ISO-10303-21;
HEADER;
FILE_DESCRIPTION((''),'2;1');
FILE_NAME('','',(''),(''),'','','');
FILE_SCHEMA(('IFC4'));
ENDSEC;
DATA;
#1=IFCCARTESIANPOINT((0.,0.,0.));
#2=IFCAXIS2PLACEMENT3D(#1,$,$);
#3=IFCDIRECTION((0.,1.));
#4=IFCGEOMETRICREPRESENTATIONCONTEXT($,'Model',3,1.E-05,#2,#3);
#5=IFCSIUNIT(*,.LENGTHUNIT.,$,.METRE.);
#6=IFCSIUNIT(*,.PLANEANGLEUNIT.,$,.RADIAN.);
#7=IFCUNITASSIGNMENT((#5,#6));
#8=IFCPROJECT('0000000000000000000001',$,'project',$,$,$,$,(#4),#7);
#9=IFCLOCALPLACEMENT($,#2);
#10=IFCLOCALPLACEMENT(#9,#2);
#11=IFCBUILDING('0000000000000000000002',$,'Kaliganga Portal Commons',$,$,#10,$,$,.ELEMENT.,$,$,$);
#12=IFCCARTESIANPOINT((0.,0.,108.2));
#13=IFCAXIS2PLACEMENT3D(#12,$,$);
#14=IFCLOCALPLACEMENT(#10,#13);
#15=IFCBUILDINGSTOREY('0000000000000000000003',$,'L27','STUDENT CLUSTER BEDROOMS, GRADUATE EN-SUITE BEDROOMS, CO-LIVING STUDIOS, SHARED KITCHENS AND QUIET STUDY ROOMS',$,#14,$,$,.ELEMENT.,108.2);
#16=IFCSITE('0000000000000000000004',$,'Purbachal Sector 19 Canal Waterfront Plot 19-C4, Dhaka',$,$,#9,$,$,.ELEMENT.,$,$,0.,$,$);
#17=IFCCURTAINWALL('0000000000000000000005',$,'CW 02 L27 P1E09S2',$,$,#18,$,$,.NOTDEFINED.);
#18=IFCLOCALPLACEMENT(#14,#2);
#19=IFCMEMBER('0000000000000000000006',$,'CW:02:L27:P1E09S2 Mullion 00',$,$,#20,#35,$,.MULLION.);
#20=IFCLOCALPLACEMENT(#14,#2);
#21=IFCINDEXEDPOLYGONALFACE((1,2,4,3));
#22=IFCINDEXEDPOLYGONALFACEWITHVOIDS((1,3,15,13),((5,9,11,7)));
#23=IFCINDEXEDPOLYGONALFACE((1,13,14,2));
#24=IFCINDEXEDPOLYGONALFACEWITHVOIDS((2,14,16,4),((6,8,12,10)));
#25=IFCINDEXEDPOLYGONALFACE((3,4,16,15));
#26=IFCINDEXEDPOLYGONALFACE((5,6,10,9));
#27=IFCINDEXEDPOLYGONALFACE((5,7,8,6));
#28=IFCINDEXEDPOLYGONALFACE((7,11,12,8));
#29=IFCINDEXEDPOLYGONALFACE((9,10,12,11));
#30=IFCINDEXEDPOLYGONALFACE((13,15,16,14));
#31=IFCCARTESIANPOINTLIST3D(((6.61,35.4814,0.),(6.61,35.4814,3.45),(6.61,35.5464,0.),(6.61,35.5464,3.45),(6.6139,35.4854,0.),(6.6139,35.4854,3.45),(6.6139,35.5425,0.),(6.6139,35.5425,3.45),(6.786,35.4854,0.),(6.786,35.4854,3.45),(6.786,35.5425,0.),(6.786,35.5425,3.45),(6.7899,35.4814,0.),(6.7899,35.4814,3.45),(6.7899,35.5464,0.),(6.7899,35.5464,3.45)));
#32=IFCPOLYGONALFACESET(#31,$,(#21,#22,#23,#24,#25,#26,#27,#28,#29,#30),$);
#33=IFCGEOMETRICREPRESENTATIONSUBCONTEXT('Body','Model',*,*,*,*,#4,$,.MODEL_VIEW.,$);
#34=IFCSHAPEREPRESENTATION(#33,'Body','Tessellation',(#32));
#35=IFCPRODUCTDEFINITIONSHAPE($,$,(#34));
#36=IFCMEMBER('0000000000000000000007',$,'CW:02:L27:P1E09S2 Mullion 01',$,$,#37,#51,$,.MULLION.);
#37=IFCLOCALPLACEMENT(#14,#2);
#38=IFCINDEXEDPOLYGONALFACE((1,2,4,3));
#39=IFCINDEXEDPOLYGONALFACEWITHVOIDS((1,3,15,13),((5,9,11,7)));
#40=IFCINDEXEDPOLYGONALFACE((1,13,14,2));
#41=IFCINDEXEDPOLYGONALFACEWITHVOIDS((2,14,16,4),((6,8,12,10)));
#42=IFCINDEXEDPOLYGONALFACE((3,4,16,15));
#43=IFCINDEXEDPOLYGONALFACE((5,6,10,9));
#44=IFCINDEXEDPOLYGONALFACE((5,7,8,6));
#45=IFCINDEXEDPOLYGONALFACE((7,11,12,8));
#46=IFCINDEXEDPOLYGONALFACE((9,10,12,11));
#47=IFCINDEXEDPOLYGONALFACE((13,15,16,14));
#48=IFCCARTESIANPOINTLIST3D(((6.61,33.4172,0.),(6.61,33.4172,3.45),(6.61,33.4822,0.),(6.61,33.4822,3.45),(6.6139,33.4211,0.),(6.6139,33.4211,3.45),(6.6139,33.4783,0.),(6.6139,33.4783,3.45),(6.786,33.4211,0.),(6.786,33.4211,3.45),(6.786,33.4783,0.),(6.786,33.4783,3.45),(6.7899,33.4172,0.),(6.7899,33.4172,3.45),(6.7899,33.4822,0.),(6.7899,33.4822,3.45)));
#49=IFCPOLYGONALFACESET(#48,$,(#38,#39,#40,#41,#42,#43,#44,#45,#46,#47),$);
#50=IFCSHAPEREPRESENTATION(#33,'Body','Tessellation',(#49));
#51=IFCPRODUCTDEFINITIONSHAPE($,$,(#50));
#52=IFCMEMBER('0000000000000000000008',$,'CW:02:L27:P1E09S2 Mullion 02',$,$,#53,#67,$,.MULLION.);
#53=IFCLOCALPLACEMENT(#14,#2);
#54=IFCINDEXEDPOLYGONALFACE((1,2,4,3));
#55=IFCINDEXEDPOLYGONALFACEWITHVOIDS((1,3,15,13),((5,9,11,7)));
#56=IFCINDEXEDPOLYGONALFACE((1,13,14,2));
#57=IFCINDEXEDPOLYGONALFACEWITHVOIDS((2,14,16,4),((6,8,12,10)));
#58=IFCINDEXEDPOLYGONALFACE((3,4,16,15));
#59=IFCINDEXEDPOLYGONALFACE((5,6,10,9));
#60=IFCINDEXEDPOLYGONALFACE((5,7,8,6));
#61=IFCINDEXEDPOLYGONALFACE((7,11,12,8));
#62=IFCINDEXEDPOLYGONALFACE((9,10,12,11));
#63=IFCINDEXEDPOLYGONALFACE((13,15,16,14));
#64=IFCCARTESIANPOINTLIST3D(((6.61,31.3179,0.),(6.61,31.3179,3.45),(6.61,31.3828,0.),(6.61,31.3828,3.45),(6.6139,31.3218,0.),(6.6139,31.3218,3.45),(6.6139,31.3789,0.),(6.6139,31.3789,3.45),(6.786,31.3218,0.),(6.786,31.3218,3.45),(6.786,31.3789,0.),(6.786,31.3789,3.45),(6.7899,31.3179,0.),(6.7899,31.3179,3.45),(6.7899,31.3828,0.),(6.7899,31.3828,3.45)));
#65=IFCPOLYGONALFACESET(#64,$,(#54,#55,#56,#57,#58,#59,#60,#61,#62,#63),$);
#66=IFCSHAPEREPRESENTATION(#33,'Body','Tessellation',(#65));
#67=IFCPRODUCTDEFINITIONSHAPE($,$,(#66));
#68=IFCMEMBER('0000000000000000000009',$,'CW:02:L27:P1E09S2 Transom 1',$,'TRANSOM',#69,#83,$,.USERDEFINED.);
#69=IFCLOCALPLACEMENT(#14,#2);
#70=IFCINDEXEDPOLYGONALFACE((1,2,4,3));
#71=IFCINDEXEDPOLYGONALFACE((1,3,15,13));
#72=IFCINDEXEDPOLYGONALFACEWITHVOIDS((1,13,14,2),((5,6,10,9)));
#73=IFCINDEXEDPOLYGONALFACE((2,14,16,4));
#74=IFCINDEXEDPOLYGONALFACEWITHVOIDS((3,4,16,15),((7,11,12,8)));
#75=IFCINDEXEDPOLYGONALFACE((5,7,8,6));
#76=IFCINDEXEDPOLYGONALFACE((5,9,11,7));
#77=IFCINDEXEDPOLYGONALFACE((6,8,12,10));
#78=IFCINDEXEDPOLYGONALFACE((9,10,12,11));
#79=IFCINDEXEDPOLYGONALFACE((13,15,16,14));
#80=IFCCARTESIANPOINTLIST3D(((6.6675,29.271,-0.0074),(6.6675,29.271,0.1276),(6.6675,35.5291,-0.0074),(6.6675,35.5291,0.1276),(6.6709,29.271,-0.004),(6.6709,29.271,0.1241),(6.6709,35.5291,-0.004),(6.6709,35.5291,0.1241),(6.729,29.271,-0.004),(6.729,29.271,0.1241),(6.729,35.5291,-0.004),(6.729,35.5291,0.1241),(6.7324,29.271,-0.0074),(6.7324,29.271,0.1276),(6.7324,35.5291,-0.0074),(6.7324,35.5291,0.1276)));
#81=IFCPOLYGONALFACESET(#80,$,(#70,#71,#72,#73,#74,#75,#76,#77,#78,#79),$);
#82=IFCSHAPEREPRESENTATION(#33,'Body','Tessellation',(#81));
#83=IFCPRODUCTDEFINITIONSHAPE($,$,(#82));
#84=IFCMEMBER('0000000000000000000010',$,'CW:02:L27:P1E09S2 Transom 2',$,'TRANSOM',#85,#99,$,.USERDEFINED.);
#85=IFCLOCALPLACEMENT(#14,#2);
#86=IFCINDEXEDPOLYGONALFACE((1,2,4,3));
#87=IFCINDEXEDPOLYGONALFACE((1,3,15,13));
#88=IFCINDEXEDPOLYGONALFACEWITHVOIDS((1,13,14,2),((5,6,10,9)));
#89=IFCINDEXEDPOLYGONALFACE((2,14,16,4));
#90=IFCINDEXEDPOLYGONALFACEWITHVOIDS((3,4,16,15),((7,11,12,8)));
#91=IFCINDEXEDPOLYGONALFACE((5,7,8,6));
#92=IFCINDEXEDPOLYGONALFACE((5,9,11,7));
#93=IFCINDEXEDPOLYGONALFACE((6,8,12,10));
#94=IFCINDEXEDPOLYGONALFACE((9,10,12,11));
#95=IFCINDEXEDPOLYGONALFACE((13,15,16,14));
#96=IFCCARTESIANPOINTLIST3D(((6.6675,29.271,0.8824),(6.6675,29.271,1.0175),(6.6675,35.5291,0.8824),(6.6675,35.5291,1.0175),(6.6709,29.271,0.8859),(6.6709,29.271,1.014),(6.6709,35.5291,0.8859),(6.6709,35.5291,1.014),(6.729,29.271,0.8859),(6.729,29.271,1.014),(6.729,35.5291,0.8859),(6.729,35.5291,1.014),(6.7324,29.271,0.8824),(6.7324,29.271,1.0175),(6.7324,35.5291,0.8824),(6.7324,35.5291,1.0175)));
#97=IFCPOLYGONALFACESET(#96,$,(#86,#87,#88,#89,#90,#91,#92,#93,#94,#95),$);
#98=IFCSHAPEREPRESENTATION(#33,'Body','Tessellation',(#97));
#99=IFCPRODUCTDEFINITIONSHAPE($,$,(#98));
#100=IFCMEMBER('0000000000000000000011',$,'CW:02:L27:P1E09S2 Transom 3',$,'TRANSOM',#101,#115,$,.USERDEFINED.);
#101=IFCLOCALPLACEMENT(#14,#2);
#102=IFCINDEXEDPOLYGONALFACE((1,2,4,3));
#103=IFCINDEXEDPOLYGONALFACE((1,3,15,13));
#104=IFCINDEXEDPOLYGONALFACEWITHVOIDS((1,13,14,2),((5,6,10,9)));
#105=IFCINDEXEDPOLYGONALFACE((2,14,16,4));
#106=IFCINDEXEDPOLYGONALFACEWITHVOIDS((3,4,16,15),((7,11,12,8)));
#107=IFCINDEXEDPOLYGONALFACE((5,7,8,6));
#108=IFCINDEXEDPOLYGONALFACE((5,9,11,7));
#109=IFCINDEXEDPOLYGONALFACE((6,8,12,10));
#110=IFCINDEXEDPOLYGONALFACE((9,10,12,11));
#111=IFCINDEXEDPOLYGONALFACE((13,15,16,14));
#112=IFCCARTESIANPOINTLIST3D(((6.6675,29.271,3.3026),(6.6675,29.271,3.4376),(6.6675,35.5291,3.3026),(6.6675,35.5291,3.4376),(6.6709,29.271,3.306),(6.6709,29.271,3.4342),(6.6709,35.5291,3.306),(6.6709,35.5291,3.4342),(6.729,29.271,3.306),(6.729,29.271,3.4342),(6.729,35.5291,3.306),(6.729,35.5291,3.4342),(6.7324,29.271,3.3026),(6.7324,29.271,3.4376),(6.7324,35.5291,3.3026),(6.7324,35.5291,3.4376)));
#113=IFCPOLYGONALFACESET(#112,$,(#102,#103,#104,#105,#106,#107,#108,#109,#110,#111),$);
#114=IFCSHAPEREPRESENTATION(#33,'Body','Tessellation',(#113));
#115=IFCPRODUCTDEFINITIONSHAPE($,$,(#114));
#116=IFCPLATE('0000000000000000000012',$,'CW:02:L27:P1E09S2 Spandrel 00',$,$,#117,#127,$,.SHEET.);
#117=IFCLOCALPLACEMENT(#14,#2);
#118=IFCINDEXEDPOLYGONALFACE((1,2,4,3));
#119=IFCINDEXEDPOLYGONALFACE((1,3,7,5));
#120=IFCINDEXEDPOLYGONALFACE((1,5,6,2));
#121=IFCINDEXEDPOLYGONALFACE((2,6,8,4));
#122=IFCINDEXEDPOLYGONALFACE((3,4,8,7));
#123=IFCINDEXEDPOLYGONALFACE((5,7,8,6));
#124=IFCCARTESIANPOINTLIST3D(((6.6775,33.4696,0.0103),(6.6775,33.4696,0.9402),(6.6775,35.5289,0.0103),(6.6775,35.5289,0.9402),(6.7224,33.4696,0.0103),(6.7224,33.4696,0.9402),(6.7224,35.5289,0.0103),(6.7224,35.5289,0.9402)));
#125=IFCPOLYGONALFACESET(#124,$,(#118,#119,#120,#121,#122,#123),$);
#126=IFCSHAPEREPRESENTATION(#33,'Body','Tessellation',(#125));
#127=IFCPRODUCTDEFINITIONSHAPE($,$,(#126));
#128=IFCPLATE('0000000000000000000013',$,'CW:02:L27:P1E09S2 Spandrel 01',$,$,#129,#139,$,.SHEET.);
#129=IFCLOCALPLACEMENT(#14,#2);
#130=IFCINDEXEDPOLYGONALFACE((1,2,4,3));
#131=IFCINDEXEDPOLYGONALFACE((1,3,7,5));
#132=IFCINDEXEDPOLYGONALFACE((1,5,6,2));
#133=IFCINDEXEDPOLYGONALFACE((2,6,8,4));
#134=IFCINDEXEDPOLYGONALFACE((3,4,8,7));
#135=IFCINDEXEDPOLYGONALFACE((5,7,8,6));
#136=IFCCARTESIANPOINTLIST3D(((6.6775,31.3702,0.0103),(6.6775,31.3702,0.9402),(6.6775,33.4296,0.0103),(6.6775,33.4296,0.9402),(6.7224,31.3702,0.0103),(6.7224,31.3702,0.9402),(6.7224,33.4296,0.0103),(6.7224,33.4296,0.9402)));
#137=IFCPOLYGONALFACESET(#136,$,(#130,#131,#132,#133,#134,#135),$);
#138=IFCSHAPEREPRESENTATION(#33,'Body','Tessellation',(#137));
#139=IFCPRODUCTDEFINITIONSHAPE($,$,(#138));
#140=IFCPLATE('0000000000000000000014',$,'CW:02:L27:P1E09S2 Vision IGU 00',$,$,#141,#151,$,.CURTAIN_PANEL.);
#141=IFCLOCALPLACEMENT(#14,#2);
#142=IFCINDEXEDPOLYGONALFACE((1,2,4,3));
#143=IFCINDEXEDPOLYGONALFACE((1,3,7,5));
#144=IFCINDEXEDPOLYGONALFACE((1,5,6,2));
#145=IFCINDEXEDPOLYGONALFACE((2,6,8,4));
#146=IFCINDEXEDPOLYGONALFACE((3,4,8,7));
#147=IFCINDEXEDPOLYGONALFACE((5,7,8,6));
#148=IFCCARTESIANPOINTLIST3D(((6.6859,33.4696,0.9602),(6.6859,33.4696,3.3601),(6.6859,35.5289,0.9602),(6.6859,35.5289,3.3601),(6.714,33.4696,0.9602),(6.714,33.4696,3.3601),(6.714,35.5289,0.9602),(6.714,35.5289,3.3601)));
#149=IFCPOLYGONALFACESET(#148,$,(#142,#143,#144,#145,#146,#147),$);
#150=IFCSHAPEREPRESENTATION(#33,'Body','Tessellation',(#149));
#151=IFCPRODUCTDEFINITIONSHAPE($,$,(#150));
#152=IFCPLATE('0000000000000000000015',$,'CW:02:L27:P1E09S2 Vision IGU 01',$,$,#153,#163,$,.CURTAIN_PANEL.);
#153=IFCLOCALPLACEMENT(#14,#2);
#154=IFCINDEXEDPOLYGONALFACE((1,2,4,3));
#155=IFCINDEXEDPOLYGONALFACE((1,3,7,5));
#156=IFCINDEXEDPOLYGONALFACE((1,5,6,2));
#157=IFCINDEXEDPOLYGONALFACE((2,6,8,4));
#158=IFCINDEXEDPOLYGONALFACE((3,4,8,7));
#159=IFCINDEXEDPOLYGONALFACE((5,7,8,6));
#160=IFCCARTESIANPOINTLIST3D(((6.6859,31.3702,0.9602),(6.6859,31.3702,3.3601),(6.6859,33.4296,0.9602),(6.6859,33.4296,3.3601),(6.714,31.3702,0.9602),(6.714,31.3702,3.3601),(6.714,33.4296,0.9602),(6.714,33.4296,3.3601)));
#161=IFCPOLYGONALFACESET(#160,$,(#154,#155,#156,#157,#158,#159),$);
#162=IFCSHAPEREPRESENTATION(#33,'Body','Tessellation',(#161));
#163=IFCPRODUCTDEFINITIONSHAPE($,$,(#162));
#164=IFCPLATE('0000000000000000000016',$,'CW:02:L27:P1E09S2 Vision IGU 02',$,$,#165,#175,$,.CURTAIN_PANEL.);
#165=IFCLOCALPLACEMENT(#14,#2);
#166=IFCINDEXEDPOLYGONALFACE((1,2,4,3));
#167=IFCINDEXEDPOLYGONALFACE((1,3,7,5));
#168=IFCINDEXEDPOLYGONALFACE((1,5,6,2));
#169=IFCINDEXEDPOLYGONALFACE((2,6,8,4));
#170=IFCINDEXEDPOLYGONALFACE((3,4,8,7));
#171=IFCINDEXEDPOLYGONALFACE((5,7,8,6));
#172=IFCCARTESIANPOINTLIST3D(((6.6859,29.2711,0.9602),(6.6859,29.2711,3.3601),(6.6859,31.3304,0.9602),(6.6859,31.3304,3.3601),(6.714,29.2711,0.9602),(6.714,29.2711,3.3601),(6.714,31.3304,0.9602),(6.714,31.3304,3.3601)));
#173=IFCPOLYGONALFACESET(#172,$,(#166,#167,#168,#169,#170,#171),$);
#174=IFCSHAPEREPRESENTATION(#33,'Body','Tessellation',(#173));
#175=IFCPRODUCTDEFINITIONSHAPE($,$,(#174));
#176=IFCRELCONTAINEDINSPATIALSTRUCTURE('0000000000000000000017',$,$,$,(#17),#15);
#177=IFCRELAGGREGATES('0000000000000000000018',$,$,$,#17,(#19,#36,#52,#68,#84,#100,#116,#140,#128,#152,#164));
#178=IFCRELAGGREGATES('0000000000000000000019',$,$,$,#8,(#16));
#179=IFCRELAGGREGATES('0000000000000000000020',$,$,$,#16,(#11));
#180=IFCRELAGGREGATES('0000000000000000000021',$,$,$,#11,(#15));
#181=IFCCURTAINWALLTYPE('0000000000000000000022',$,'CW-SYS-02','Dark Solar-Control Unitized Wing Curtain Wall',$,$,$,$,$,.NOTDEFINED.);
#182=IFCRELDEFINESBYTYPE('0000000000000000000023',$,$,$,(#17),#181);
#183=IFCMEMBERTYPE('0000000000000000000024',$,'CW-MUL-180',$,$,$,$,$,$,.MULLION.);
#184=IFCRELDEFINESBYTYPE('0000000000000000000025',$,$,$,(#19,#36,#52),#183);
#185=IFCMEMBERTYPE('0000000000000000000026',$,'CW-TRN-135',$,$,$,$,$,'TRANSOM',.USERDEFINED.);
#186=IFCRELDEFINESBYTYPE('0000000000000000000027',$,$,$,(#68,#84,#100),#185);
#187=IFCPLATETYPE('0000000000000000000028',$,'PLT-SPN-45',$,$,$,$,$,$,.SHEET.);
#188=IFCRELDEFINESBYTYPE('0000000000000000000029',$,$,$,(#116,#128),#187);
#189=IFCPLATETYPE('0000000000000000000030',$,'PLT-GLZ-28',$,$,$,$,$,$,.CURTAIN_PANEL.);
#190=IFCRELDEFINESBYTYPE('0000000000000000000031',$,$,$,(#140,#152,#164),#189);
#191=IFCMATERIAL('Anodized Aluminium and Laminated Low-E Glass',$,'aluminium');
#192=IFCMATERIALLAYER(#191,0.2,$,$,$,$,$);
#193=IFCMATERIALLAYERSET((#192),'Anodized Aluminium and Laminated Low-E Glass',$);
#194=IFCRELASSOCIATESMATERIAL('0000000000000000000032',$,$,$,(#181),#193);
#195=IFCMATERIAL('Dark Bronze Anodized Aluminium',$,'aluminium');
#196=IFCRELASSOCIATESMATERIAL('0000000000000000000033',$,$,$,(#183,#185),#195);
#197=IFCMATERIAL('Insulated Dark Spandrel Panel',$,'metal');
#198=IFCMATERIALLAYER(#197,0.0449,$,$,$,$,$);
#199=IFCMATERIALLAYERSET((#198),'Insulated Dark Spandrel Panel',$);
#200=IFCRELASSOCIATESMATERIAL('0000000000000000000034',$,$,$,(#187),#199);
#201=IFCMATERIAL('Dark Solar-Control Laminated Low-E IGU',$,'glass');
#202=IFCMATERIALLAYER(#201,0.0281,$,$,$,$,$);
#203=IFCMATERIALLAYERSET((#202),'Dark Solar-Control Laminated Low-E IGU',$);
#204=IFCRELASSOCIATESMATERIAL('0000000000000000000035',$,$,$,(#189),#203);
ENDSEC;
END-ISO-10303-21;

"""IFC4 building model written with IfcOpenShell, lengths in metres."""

from ifc_helpers import new_model, si_unit, direction, frame, origin, origin_2d, place, context, subcontext, project, spatial, rectangle, hollow_rectangle, extrude, source, transform, mapped, material, layer, layer_set, material_profile, profile_set, type_object, element, aggregate, save


model = new_model("IFC4")

# Units and contexts
model_context = context("Model", 3, precision=1e-05, world=origin(), true_north=direction((0.0, 1.0)))
body_context = subcontext(model_context, "Body", "Model", "MODEL_VIEW")
ifc_project = project(units=[si_unit("LENGTHUNIT", "METRE"), si_unit("PLANEANGLEUNIT", "RADIAN")], contexts=[model_context])

# Site, building, storey
site_placement = place(None, origin())
site = spatial("IfcSite", under=ifc_project, at=site_placement, Name="Purbachal Sector 19 Canal Waterfront Plot 19-C4, Dhaka", CompositionType="ELEMENT", RefElevation=0.0)
building_placement = place(site_placement, origin())
building = spatial("IfcBuilding", under=site, at=building_placement, Name="Kaliganga Portal Commons", CompositionType="ELEMENT")
storey_placement = place(building_placement, frame((0.0, 0.0, 108.2)))
storey = spatial("IfcBuildingStorey", under=building, at=storey_placement, Name="L27", Description="STUDENT CLUSTER BEDROOMS, GRADUATE EN-SUITE BEDROOMS, CO-LIVING STUDIOS, SHARED KITCHENS AND QUIET STUDY ROOMS", CompositionType="ELEMENT", Elevation=108.2)

# Curtain wall, members, plates
ifc_material_1 = material(Name="Anodized Aluminium and Laminated Low-E Glass", Category="aluminium")
ifc_layer_1 = layer(ifc_material_1, 0.2)
ifc_layer_set_1 = layer_set([ifc_layer_1], Name="Anodized Aluminium and Laminated Low-E Glass")
curtain_wall_type = type_object("IfcCurtainWallType", Name="CW-SYS-02", Description="Dark Solar-Control Unitized Wing Curtain Wall", PredefinedType="NOTDEFINED", material=ifc_layer_set_1)
curtain_wall_placement = place(storey_placement, origin())
curtain_wall = element("IfcCurtainWall", 1, at=curtain_wall_placement, inside=storey, type_object=curtain_wall_type, Name="CW 02 L27 P1E09S2", PredefinedType="NOTDEFINED")
ifc_material_2 = material(Name="Dark Bronze Anodized Aluminium", Category="aluminium")
ifc_material_profile_1 = material_profile(ifc_material_2, hollow_rectangle(XDim=0.0649, YDim=0.1799, WallThickness=0.0039, at=origin_2d()), Name="ALU MULL 65x180x4")
ifc_profile_set_1 = profile_set([ifc_material_profile_1], Name="Dark Bronze Anodized Aluminium")
member_type_1 = type_object("IfcMemberType", Name="CW-MUL-180", PredefinedType="MULLION", material=ifc_profile_set_1)
shared_shape_1 = source(origin(), body_context, "Body", "SweptSolid", [
    extrude(hollow_rectangle(XDim=0.0649, YDim=0.1799, WallThickness=0.0039, at=origin_2d()), origin(), (0.0, 0.0, 1.0), 3.45),
])
member_1_placement = place(storey_placement, frame((6.7, 35.5139, 0.0), z_axis=(0.0, 0.0, 1.0), x_axis=(0.0, -1.0, 0.0)))
member_1 = element("IfcMember", 2, at=member_1_placement, type_object=member_type_1, Name="CW:02:L27:P1E09S2 Mullion 00", PredefinedType="MULLION", context=body_context, shape_type="MappedRepresentation", body=[
    mapped(shared_shape_1, transform((0.0, 0.0, 0.0), x_axis=(1.0, 0.0, 0.0), y_axis=(0.0, 1.0, 0.0), z_axis=(0.0, 0.0, 1.0), scale=1.0)),
])
member_2_placement = place(storey_placement, frame((6.7, 33.4497, 0.0), z_axis=(0.0, 0.0, 1.0), x_axis=(0.0, -1.0, 0.0)))
member_2 = element("IfcMember", 3, at=member_2_placement, type_object=member_type_1, Name="CW:02:L27:P1E09S2 Mullion 01", PredefinedType="MULLION", context=body_context, shape_type="MappedRepresentation", body=[
    mapped(shared_shape_1, transform((0.0, 0.0, 0.0), x_axis=(1.0, 0.0, 0.0), y_axis=(0.0, 1.0, 0.0), z_axis=(0.0, 0.0, 1.0), scale=1.0)),
])
member_3_placement = place(storey_placement, frame((6.7, 31.3503, 0.0), z_axis=(0.0, 0.0, 1.0), x_axis=(0.0, -1.0, 0.0)))
member_3 = element("IfcMember", 4, at=member_3_placement, type_object=member_type_1, Name="CW:02:L27:P1E09S2 Mullion 02", PredefinedType="MULLION", context=body_context, shape_type="MappedRepresentation", body=[
    mapped(shared_shape_1, transform((0.0, 0.0, 0.0), x_axis=(1.0, 0.0, 0.0), y_axis=(0.0, 1.0, 0.0), z_axis=(0.0, 0.0, 1.0), scale=1.0)),
])
ifc_material_profile_2 = material_profile(ifc_material_2, hollow_rectangle(XDim=0.0649, YDim=0.135, WallThickness=0.0034, at=origin_2d()), Name="ALU TRAN 65x135x3.5")
ifc_profile_set_2 = profile_set([ifc_material_profile_2], Name="Dark Bronze Anodized Aluminium")
member_type_2 = type_object("IfcMemberType", Name="CW-TRN-135", ElementType="TRANSOM", PredefinedType="USERDEFINED", material=ifc_profile_set_2)
shared_shape_2 = source(origin(), body_context, "Body", "SweptSolid", [
    extrude(hollow_rectangle(XDim=0.0649, YDim=0.135, WallThickness=0.0034, at=origin_2d()), origin(), (0.0, 0.0, 1.0), 6.2581),
])
member_4_placement = place(storey_placement, frame((6.7, 35.5291, 0.0601), z_axis=(0.0, -1.0, 0.0), x_axis=(1.0, 0.0, 0.0)))
member_4 = element("IfcMember", 5, at=member_4_placement, type_object=member_type_2, Name="CW:02:L27:P1E09S2 Transom 1", ObjectType="TRANSOM", PredefinedType="USERDEFINED", context=body_context, shape_type="MappedRepresentation", body=[
    mapped(shared_shape_2, transform((0.0, 0.0, 0.0), x_axis=(1.0, 0.0, 0.0), y_axis=(0.0, 1.0, 0.0), z_axis=(0.0, 0.0, 1.0), scale=1.0)),
])
member_5_placement = place(storey_placement, frame((6.7, 35.5291, 0.95), z_axis=(0.0, -1.0, 0.0), x_axis=(1.0, 0.0, 0.0)))
member_5 = element("IfcMember", 6, at=member_5_placement, type_object=member_type_2, Name="CW:02:L27:P1E09S2 Transom 2", ObjectType="TRANSOM", PredefinedType="USERDEFINED", context=body_context, shape_type="MappedRepresentation", body=[
    mapped(shared_shape_2, transform((0.0, 0.0, 0.0), x_axis=(1.0, 0.0, 0.0), y_axis=(0.0, 1.0, 0.0), z_axis=(0.0, 0.0, 1.0), scale=1.0)),
])
member_6_placement = place(storey_placement, frame((6.7, 35.5291, 3.3701), z_axis=(0.0, -1.0, 0.0), x_axis=(1.0, 0.0, 0.0)))
member_6 = element("IfcMember", 7, at=member_6_placement, type_object=member_type_2, Name="CW:02:L27:P1E09S2 Transom 3", ObjectType="TRANSOM", PredefinedType="USERDEFINED", context=body_context, shape_type="MappedRepresentation", body=[
    mapped(shared_shape_2, transform((0.0, 0.0, 0.0), x_axis=(1.0, 0.0, 0.0), y_axis=(0.0, 1.0, 0.0), z_axis=(0.0, 0.0, 1.0), scale=1.0)),
])
ifc_material_3 = material(Name="Insulated Dark Spandrel Panel", Category="metal")
ifc_layer_2 = layer(ifc_material_3, 0.0449)
ifc_layer_set_2 = layer_set([ifc_layer_2], Name="Insulated Dark Spandrel Panel")
plate_type_1 = type_object("IfcPlateType", Name="PLT-SPN-45", PredefinedType="SHEET", material=ifc_layer_set_2)
shared_shape_3 = source(origin(), body_context, "Body", "SweptSolid", [
    extrude(rectangle(XDim=2.0593, YDim=0.0449, at=origin_2d()), origin(), (0.0, 0.0, 1.0), 0.9299),
])
plate_1_placement = place(storey_placement, frame((6.7, 34.4993, 0.0103), z_axis=(0.0, 0.0, 1.0), x_axis=(0.0, -1.0, 0.0)))
plate_1 = element("IfcPlate", 8, at=plate_1_placement, type_object=plate_type_1, Name="CW:02:L27:P1E09S2 Spandrel 00", PredefinedType="SHEET", context=body_context, shape_type="MappedRepresentation", body=[
    mapped(shared_shape_3, transform((0.0, 0.0, 0.0), x_axis=(1.0, 0.0, 0.0), y_axis=(0.0, 1.0, 0.0), z_axis=(0.0, 0.0, 1.0), scale=1.0)),
])
plate_2_placement = place(storey_placement, frame((6.7, 32.3999, 0.0103), z_axis=(0.0, 0.0, 1.0), x_axis=(0.0, -1.0, 0.0)))
plate_2 = element("IfcPlate", 9, at=plate_2_placement, type_object=plate_type_1, Name="CW:02:L27:P1E09S2 Spandrel 01", PredefinedType="SHEET", context=body_context, shape_type="MappedRepresentation", body=[
    mapped(shared_shape_3, transform((0.0, 0.0, 0.0), x_axis=(1.0, 0.0, 0.0), y_axis=(0.0, 1.0, 0.0), z_axis=(0.0, 0.0, 1.0), scale=1.0)),
])
ifc_material_4 = material(Name="Dark Solar-Control Laminated Low-E IGU", Category="glass")
ifc_layer_3 = layer(ifc_material_4, 0.0281)
ifc_layer_set_3 = layer_set([ifc_layer_3], Name="Dark Solar-Control Laminated Low-E IGU")
plate_type_2 = type_object("IfcPlateType", Name="PLT-GLZ-28", PredefinedType="CURTAIN_PANEL", material=ifc_layer_set_3)
shared_shape_4 = source(origin(), body_context, "Body", "SweptSolid", [
    extrude(rectangle(XDim=2.0593, YDim=0.0281, at=origin_2d()), origin(), (0.0, 0.0, 1.0), 2.3999),
])
plate_3_placement = place(storey_placement, frame((6.7, 34.4993, 0.9602), z_axis=(0.0, 0.0, 1.0), x_axis=(0.0, -1.0, 0.0)))
plate_3 = element("IfcPlate", 10, at=plate_3_placement, type_object=plate_type_2, Name="CW:02:L27:P1E09S2 Vision IGU 00", PredefinedType="CURTAIN_PANEL", context=body_context, shape_type="MappedRepresentation", body=[
    mapped(shared_shape_4, transform((0.0, 0.0, 0.0), x_axis=(1.0, 0.0, 0.0), y_axis=(0.0, 1.0, 0.0), z_axis=(0.0, 0.0, 1.0), scale=1.0)),
])
plate_4_placement = place(storey_placement, frame((6.7, 32.3999, 0.9602), z_axis=(0.0, 0.0, 1.0), x_axis=(0.0, -1.0, 0.0)))
plate_4 = element("IfcPlate", 11, at=plate_4_placement, type_object=plate_type_2, Name="CW:02:L27:P1E09S2 Vision IGU 01", PredefinedType="CURTAIN_PANEL", context=body_context, shape_type="MappedRepresentation", body=[
    mapped(shared_shape_4, transform((0.0, 0.0, 0.0), x_axis=(1.0, 0.0, 0.0), y_axis=(0.0, 1.0, 0.0), z_axis=(0.0, 0.0, 1.0), scale=1.0)),
])
plate_5_placement = place(storey_placement, frame((6.7, 30.3008, 0.9602), z_axis=(0.0, 0.0, 1.0), x_axis=(0.0, -1.0, 0.0)))
plate_5 = element("IfcPlate", 12, at=plate_5_placement, type_object=plate_type_2, Name="CW:02:L27:P1E09S2 Vision IGU 02", PredefinedType="CURTAIN_PANEL", context=body_context, shape_type="MappedRepresentation", body=[
    mapped(shared_shape_4, transform((0.0, 0.0, 0.0), x_axis=(1.0, 0.0, 0.0), y_axis=(0.0, 1.0, 0.0), z_axis=(0.0, 0.0, 1.0), scale=1.0)),
])
aggregate(curtain_wall, [member_1, member_2, member_3, member_4, member_5, member_6, plate_1, plate_3, plate_2, plate_4, plate_5])

save(model, "model.ifc")
